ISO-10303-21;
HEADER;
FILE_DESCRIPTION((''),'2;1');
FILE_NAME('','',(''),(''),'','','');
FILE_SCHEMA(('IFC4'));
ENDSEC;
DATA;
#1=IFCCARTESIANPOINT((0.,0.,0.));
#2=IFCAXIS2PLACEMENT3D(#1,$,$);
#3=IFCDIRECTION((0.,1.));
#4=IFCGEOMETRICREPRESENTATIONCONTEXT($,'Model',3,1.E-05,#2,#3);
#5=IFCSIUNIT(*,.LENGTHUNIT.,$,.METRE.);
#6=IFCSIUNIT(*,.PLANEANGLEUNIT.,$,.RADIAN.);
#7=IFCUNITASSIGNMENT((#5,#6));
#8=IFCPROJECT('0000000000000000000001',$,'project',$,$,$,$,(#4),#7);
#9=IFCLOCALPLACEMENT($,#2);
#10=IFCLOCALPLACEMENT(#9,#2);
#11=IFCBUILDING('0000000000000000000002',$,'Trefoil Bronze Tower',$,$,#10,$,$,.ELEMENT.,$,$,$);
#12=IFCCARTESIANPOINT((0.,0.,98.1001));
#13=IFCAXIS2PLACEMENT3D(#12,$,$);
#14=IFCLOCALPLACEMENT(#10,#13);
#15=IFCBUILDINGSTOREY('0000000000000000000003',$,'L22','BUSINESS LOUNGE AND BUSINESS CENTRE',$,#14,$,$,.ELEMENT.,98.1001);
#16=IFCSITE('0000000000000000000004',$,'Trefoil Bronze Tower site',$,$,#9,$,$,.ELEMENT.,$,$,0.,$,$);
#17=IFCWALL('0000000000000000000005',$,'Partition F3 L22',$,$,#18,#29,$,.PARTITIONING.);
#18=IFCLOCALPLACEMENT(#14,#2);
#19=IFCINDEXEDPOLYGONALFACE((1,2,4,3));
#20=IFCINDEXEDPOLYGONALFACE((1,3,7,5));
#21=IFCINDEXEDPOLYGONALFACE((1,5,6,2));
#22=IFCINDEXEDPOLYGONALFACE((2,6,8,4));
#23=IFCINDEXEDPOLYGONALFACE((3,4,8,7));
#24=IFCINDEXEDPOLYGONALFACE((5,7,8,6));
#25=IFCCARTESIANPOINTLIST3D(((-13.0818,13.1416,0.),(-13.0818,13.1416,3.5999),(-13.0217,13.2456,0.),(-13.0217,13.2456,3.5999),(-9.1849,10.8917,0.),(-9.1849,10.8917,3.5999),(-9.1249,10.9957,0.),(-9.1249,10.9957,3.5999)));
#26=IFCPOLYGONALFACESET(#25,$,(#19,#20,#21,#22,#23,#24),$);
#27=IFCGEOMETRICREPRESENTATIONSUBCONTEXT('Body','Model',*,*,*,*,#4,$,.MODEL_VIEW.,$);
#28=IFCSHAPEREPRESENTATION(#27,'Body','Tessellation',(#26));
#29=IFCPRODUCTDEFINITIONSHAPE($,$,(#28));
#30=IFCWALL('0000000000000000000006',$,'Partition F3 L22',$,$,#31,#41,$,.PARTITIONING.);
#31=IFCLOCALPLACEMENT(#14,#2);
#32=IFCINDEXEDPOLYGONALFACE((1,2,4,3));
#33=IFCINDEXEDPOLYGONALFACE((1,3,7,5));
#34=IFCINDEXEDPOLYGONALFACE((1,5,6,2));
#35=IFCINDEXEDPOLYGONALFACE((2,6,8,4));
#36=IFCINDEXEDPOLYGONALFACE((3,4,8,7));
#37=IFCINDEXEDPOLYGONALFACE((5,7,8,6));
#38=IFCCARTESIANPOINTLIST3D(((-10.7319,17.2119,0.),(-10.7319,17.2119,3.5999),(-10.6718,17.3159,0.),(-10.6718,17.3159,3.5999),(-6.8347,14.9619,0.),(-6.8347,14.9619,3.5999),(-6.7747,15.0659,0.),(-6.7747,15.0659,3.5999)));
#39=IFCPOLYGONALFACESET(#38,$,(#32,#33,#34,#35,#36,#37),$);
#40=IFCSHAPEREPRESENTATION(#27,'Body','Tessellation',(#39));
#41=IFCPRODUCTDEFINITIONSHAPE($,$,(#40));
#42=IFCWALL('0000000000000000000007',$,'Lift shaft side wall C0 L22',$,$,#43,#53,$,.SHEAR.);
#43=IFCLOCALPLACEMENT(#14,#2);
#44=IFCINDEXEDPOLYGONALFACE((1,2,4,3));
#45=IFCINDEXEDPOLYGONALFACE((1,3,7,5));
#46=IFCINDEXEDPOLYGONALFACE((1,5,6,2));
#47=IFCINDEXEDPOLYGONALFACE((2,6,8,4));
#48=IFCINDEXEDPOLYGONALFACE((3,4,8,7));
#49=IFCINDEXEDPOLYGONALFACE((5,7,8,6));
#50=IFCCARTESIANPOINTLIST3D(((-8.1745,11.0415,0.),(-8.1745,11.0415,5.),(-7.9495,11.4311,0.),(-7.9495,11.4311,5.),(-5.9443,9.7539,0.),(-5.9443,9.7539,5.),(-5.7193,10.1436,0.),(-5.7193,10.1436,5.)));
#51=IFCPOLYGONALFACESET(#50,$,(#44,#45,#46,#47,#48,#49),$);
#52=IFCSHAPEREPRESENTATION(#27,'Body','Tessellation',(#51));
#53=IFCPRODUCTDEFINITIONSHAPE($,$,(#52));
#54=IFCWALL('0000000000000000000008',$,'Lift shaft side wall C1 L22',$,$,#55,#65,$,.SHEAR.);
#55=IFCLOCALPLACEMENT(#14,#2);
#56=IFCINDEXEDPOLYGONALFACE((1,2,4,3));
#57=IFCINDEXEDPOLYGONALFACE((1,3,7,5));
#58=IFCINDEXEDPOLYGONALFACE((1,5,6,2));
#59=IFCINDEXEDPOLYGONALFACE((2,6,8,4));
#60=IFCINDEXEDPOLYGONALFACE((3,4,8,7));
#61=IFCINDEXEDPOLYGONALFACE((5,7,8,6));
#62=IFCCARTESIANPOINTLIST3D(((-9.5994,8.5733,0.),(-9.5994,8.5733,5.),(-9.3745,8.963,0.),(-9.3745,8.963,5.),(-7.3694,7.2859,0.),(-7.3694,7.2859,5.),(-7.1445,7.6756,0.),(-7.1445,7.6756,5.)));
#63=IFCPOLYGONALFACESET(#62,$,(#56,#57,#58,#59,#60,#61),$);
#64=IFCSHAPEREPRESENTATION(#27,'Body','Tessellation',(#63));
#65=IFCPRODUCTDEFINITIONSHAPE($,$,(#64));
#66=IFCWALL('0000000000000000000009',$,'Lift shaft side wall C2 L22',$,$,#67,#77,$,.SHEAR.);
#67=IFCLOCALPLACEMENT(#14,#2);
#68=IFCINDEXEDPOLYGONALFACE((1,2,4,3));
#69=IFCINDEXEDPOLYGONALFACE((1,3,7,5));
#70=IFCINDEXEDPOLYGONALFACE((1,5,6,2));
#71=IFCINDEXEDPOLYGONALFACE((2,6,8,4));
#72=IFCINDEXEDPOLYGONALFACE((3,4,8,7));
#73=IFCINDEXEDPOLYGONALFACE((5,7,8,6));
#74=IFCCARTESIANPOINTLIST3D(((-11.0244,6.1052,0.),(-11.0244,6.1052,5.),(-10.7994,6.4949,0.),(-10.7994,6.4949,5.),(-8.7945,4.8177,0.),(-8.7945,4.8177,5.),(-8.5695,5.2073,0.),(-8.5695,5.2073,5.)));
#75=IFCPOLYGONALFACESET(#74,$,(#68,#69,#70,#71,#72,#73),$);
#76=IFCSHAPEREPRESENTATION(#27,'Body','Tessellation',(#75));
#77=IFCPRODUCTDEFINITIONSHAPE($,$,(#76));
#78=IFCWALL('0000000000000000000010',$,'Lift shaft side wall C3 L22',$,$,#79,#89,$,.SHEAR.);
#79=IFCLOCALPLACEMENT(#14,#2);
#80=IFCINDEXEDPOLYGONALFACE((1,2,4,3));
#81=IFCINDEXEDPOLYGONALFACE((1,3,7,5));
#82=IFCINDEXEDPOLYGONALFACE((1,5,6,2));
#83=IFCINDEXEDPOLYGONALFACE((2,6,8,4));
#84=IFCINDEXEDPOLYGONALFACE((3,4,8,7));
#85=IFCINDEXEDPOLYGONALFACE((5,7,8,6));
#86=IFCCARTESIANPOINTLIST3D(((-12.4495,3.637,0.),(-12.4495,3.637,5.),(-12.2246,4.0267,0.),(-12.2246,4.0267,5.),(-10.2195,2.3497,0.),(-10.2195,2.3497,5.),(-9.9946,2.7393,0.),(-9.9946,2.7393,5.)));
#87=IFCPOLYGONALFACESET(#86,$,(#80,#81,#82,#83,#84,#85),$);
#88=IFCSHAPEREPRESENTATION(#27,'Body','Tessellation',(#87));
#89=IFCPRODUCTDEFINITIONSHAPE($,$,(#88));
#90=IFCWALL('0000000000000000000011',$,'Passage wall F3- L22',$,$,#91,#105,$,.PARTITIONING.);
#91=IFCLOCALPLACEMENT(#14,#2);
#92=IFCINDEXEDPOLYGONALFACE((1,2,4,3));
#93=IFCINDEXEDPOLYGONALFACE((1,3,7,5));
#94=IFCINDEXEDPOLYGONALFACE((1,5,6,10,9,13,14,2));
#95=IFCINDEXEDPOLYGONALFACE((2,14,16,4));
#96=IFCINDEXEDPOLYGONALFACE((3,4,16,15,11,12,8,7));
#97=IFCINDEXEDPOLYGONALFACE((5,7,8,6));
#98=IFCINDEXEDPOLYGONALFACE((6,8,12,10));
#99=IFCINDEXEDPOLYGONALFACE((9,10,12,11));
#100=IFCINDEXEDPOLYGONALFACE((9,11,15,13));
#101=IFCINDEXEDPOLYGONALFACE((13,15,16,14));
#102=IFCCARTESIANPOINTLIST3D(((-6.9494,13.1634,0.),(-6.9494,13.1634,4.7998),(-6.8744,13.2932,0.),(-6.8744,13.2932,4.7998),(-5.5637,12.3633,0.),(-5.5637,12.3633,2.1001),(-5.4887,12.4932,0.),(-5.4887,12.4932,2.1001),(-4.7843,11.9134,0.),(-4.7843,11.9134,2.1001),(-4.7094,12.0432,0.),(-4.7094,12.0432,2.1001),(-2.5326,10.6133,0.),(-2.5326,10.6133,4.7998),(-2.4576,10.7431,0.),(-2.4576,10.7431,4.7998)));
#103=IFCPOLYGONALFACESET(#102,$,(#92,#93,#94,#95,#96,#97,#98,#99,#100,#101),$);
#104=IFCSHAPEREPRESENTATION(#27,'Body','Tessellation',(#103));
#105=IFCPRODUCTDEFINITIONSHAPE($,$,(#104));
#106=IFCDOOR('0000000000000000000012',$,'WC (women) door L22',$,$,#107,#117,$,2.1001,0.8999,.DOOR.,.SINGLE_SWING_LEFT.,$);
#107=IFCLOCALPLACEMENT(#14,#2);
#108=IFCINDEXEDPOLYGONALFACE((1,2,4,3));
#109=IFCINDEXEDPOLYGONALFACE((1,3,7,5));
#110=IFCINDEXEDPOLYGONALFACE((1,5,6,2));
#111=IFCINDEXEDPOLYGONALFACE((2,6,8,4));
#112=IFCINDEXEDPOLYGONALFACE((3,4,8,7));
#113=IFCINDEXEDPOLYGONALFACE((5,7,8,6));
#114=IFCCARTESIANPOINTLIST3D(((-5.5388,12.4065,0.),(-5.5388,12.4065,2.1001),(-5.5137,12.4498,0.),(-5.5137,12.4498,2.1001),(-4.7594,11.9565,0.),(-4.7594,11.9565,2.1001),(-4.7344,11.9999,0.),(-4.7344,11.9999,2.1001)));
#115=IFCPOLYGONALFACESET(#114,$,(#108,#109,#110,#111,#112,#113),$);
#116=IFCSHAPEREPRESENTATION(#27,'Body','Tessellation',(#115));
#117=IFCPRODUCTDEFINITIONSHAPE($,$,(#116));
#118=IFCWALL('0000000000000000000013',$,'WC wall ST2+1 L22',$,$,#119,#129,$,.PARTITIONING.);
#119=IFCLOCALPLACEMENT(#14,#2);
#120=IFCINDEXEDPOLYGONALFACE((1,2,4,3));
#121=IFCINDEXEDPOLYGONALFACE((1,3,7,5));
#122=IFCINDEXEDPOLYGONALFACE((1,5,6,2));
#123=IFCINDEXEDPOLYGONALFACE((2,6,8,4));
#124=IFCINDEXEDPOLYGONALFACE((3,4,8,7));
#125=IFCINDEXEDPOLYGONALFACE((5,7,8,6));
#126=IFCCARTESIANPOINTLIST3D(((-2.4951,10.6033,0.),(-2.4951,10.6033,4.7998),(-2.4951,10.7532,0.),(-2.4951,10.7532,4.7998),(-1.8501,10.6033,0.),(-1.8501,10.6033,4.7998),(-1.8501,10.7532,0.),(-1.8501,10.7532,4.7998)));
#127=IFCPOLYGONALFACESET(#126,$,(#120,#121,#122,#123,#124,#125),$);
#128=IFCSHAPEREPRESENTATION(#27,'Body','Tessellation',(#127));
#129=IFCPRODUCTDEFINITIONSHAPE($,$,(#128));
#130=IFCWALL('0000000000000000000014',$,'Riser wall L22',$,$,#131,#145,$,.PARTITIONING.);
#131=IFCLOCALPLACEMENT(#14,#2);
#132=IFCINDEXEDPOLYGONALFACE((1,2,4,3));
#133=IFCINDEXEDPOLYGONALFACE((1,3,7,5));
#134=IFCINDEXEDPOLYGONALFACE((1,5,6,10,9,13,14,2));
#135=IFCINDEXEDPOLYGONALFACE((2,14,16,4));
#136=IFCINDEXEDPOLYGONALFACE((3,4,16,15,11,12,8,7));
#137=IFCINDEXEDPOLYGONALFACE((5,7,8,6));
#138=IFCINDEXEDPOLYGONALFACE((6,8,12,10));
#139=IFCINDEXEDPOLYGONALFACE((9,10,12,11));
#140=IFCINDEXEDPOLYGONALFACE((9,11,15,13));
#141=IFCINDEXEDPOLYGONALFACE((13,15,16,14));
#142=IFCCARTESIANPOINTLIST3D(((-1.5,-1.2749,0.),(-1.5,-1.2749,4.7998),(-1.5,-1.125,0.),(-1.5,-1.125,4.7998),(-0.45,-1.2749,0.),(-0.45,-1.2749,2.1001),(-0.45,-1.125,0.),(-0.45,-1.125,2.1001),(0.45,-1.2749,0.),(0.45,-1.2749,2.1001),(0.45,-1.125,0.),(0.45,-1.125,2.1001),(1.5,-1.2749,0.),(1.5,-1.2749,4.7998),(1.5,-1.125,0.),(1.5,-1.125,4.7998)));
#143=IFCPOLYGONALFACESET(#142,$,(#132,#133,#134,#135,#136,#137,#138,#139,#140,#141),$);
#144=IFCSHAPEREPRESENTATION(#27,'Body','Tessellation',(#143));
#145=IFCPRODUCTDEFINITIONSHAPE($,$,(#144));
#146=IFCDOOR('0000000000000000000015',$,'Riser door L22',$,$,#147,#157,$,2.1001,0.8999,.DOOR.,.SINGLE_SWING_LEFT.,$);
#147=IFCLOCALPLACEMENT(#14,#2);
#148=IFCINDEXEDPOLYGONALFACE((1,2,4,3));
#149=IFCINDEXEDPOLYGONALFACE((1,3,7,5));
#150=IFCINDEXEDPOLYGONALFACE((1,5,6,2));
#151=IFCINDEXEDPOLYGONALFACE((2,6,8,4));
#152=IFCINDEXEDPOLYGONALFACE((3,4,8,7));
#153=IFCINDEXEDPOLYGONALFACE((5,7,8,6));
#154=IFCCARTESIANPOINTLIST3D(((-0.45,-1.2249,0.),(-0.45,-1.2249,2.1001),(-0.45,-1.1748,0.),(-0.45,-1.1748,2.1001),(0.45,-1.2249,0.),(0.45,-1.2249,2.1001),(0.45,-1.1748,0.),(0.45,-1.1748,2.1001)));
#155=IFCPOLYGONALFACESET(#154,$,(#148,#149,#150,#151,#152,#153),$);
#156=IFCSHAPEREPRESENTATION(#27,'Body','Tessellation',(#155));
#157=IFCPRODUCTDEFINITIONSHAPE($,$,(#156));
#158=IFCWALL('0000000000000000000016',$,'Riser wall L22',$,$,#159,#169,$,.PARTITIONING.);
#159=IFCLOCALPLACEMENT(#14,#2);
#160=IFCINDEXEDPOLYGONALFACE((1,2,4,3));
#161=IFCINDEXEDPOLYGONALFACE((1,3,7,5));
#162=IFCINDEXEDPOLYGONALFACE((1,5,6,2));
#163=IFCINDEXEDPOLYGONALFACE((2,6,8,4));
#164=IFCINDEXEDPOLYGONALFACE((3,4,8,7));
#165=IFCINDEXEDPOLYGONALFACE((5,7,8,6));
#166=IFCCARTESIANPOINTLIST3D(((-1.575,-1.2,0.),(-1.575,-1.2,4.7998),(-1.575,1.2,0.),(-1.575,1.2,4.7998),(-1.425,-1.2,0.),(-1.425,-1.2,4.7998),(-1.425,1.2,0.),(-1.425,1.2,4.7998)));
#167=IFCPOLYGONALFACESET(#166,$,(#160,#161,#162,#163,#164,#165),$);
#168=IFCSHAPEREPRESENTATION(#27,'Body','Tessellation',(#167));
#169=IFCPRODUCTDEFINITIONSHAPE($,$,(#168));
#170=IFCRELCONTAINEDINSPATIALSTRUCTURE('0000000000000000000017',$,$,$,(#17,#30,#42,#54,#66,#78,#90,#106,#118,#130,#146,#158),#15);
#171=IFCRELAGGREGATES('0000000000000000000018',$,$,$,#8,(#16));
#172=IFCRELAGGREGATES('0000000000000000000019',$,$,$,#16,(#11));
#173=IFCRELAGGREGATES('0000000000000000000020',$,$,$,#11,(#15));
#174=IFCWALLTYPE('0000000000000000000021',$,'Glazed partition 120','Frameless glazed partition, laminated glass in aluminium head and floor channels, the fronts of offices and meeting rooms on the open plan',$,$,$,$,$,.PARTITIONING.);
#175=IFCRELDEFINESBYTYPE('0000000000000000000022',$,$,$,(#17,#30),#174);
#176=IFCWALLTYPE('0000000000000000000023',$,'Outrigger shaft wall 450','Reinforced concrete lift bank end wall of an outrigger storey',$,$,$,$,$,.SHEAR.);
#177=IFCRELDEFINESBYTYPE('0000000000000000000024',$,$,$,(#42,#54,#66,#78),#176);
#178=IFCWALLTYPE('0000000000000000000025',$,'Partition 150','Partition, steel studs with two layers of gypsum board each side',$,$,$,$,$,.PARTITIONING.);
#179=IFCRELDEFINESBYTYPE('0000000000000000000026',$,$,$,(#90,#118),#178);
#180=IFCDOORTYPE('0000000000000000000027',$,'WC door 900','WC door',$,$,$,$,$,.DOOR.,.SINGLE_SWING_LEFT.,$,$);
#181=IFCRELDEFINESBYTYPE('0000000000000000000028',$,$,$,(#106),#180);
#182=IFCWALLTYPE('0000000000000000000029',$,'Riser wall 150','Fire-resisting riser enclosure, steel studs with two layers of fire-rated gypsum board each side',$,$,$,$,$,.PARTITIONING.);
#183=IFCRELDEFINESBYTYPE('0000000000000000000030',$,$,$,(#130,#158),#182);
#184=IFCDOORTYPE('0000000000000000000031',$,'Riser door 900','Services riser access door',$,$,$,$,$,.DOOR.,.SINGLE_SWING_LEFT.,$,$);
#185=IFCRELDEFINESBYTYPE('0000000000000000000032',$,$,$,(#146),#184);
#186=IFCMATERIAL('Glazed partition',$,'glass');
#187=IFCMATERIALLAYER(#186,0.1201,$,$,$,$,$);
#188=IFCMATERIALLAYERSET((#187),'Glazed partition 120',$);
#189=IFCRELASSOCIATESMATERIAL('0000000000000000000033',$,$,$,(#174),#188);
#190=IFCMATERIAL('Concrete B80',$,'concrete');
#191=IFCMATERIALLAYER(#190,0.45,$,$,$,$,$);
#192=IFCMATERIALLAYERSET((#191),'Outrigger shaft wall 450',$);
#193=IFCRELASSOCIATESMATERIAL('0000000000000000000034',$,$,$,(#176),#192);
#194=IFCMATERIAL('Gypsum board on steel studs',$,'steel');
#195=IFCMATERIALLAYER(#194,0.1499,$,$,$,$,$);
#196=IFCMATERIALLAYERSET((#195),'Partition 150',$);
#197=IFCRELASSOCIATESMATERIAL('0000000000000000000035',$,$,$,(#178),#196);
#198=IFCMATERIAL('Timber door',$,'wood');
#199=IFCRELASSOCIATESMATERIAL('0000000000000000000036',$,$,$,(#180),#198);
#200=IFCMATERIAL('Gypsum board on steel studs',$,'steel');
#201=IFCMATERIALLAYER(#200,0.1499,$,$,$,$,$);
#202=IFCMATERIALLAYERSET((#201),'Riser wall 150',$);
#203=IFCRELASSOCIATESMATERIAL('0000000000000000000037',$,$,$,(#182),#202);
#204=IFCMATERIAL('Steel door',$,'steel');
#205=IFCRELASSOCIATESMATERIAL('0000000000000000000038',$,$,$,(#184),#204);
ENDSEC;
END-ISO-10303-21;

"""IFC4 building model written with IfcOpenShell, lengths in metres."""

from ifc_helpers import new_model, si_unit, direction, frame, frame_2d, origin, place, context, subcontext, project, spatial, rectangle, extrude, material, layer, layer_set, type_object, element, fill, save


model = new_model("IFC4")

# Units and contexts
model_context = context("Model", 3, precision=1e-05, world=origin(), true_north=direction((0.0, 1.0)))
body_context = subcontext(model_context, "Body", "Model", "MODEL_VIEW")
ifc_project = project(units=[si_unit("LENGTHUNIT", "METRE"), si_unit("PLANEANGLEUNIT", "RADIAN")], contexts=[model_context])

# Site, building, storey
site_placement = place(None, origin())
site = spatial("IfcSite", under=ifc_project, at=site_placement, Name="Trefoil Bronze Tower site", CompositionType="ELEMENT", RefElevation=0.0)
building_placement = place(site_placement, origin())
building = spatial("IfcBuilding", under=site, at=building_placement, Name="Trefoil Bronze Tower", CompositionType="ELEMENT")
storey_placement = place(building_placement, frame((0.0, 0.0, 98.1001)))
storey = spatial("IfcBuildingStorey", under=building, at=storey_placement, Name="L22", Description="BUSINESS LOUNGE AND BUSINESS CENTRE", CompositionType="ELEMENT", Elevation=98.1001)

# Walls
ifc_material_1 = material(Name="Glazed partition", Category="glass")
ifc_layer_1 = layer(ifc_material_1, 0.1201)
ifc_layer_set_1 = layer_set([ifc_layer_1], Name="Glazed partition 120")
wall_type_1 = type_object("IfcWallType", Name="Glazed partition 120", Description="Frameless glazed partition, laminated glass in aluminium head and floor channels, the fronts of offices and meeting rooms on the open plan", PredefinedType="PARTITIONING", material=ifc_layer_set_1)
wall_1_placement = place(storey_placement, frame((-9.1548, 10.9436, 0.0), z_axis=(0.0, 0.0, 1.0), x_axis=(-0.866018, 0.500014, 0.0)))
element("IfcWall", 1, at=wall_1_placement, inside=storey, type_object=wall_type_1, Name="Partition F3 L22", PredefinedType="PARTITIONING", context=body_context, shape_type="SweptSolid", body=[
    extrude(rectangle(XDim=4.4998, YDim=0.1201, at=frame_2d((2.25, 0.0))), origin(), (0.0, 0.0, 1.0), 3.5999),
])
wall_2_placement = place(storey_placement, frame((-6.8047, 15.0139, 0.0), z_axis=(0.0, 0.0, 1.0), x_axis=(-0.866031, 0.49999, 0.0)))
element("IfcWall", 2, at=wall_2_placement, inside=storey, type_object=wall_type_1, Name="Partition F3 L22", PredefinedType="PARTITIONING", context=body_context, shape_type="SweptSolid", body=[
    extrude(rectangle(XDim=4.5, YDim=0.1201, at=frame_2d((2.25, 0.0))), origin(), (0.0, 0.0, 1.0), 3.5999),
])
ifc_material_2 = material(Name="Concrete B80", Category="concrete")
ifc_layer_2 = layer(ifc_material_2, 0.45)
ifc_layer_set_2 = layer_set([ifc_layer_2], Name="Outrigger shaft wall 450")
wall_type_2 = type_object("IfcWallType", Name="Outrigger shaft wall 450", Description="Reinforced concrete lift bank end wall of an outrigger storey", PredefinedType="SHEAR", material=ifc_layer_set_2)
wall_3_placement = place(storey_placement, frame((-5.8318, 9.9487, 0.0), z_axis=(0.0, 0.0, 1.0), x_axis=(-0.866029, 0.499993, 0.0)))
element("IfcWall", 3, at=wall_3_placement, inside=storey, type_object=wall_type_2, Name="Lift shaft side wall C0 L22", PredefinedType="SHEAR", context=body_context, shape_type="SweptSolid", body=[
    extrude(rectangle(XDim=2.5752, YDim=0.45, at=frame_2d((1.2876, 0.0))), origin(), (0.0, 0.0, 1.0), 5.0),
])
for number, where, z_axis, x_axis, name in (
    (4, (-7.2568, 7.4807, 0.0), (0.0, 0.0, 1.0), (-0.866047, 0.499963, 0.0), "Lift shaft side wall C1 L22"),
    (5, (-8.6819, 5.0125, 0.0), (0.0, 0.0, 1.0), (-0.866006, 0.500034, 0.0), "Lift shaft side wall C2 L22"),
    (6, (-10.1069, 2.5444, 0.0), (0.0, 0.0, 1.0), (-0.866047, 0.499963, 0.0), "Lift shaft side wall C3 L22"),
):
    element("IfcWall", number, at=place(storey_placement, frame(where, z_axis=z_axis, x_axis=x_axis)), inside=storey, type_object=wall_type_2, Name=name, PredefinedType="SHEAR", context=body_context, shape_type="SweptSolid", body=[
        extrude(rectangle(XDim=2.575, YDim=0.45, at=frame_2d((1.2876, 0.0))), origin(), (0.0, 0.0, 1.0), 5.0),
    ])

# Wall, opening, door
ifc_material_3 = material(Name="Gypsum board on steel studs", Category="steel")
ifc_layer_3 = layer(ifc_material_3, 0.1499)
ifc_layer_set_3 = layer_set([ifc_layer_3], Name="Partition 150")
wall_type_3 = type_object("IfcWallType", Name="Partition 150", Description="Partition, steel studs with two layers of gypsum board each side", PredefinedType="PARTITIONING", material=ifc_layer_set_3)
wall_4_placement = place(storey_placement, frame((-2.4951, 10.6782, 0.0), z_axis=(0.0, 0.0, 1.0), x_axis=(-0.866022, 0.500006, 0.0)))
wall_4 = element("IfcWall", 7, at=wall_4_placement, inside=storey, type_object=wall_type_3, Name="Passage wall F3- L22", PredefinedType="PARTITIONING", context=body_context, shape_type="SweptSolid", body=[
    extrude(rectangle(XDim=5.1001, YDim=0.1499, at=frame_2d((2.55, 0.0))), origin(), (0.0, 0.0, 1.0), 4.7998),
])
opening_1_placement = place(wall_4_placement, frame((2.6001, 0.0, 0.0)))
opening_1 = element("IfcOpeningElement", 8, at=opening_1_placement, cuts=wall_4, PredefinedType="OPENING", context=body_context, shape_type="SweptSolid", body=[
    extrude(rectangle(XDim=0.8999, YDim=2.1001, at=frame_2d((0.45, 1.05))), frame((0.0, 0.085, 0.0), z_axis=(0.0, -1.0, 0.0), x_axis=(1.0, 0.0, 0.0)), (0.0, 0.0, 1.0), 0.1699),
])
ifc_material_4 = material(Name="Timber door", Category="wood")
door_type_1 = type_object("IfcDoorType", Name="WC door 900", Description="WC door", OperationType="SINGLE_SWING_LEFT", PredefinedType="DOOR", material=ifc_material_4)
door_1_placement = place(opening_1_placement, frame((0.8999, 0.0, 0.0), z_axis=(0.0, 0.0, 1.0), x_axis=(-1.0, 0.0, 0.0)))
door_1 = element("IfcDoor", 9, at=door_1_placement, inside=storey, type_object=door_type_1, Name="WC (women) door L22", OperationType="SINGLE_SWING_LEFT", OverallHeight=2.1001, OverallWidth=0.8999, PredefinedType="DOOR", context=body_context, shape_type="SweptSolid", body=[
    extrude(rectangle(XDim=0.8999, YDim=2.1001, at=frame_2d((0.45, 1.05))), frame((0.0, 0.0249, 0.0), z_axis=(0.0, -1.0, 0.0), x_axis=(1.0, 0.0, 0.0)), (0.0, 0.0, 1.0), 0.05),
])
fill(opening_1, door_1)

# Wall
wall_5_placement = place(storey_placement, frame((-2.4951, 10.6782, 0.0), z_axis=(0.0, 0.0, 1.0), x_axis=(1.0, 0.0, 0.0)))
element("IfcWall", 10, at=wall_5_placement, inside=storey, type_object=wall_type_3, Name="WC wall ST2+1 L22", PredefinedType="PARTITIONING", context=body_context, shape_type="SweptSolid", body=[
    extrude(rectangle(XDim=0.645, YDim=0.1499, at=frame_2d((0.3225, 0.0))), origin(), (0.0, 0.0, 1.0), 4.7998),
])

# Wall, opening, door
ifc_material_5 = material(Name="Gypsum board on steel studs", Category="steel")
ifc_layer_4 = layer(ifc_material_5, 0.1499)
ifc_layer_set_4 = layer_set([ifc_layer_4], Name="Riser wall 150")
wall_type_4 = type_object("IfcWallType", Name="Riser wall 150", Description="Fire-resisting riser enclosure, steel studs with two layers of fire-rated gypsum board each side", PredefinedType="PARTITIONING", material=ifc_layer_set_4)
wall_6_placement = place(storey_placement, frame((-1.5, -1.2, 0.0), z_axis=(0.0, 0.0, 1.0), x_axis=(1.0, 0.0, 0.0)))
wall_6 = element("IfcWall", 11, at=wall_6_placement, inside=storey, type_object=wall_type_4, Name="Riser wall L22", PredefinedType="PARTITIONING", context=body_context, shape_type="SweptSolid", body=[
    extrude(rectangle(XDim=3.0, YDim=0.1499, at=frame_2d((1.5, 0.0))), origin(), (0.0, 0.0, 1.0), 4.7998),
])
opening_2_placement = place(wall_6_placement, frame((1.05, 0.0, 0.0)))
opening_2 = element("IfcOpeningElement", 12, at=opening_2_placement, cuts=wall_6, PredefinedType="OPENING", context=body_context, shape_type="SweptSolid", body=[
    extrude(rectangle(XDim=0.8999, YDim=2.1001, at=frame_2d((0.45, 1.05))), frame((0.0, 0.085, 0.0), z_axis=(0.0, -1.0, 0.0), x_axis=(1.0, 0.0, 0.0)), (0.0, 0.0, 1.0), 0.1699),
])
ifc_material_6 = material(Name="Steel door", Category="steel")
door_type_2 = type_object("IfcDoorType", Name="Riser door 900", Description="Services riser access door", OperationType="SINGLE_SWING_LEFT", PredefinedType="DOOR", material=ifc_material_6)
door_2_placement = place(opening_2_placement, frame((0.8999, 0.0, 0.0), z_axis=(0.0, 0.0, 1.0), x_axis=(-1.0, 0.0, 0.0)))
door_2 = element("IfcDoor", 13, at=door_2_placement, inside=storey, type_object=door_type_2, Name="Riser door L22", OperationType="SINGLE_SWING_LEFT", OverallHeight=2.1001, OverallWidth=0.8999, PredefinedType="DOOR", context=body_context, shape_type="SweptSolid", body=[
    extrude(rectangle(XDim=0.8999, YDim=2.1001, at=frame_2d((0.45, 1.05))), frame((0.0, 0.0249, 0.0), z_axis=(0.0, -1.0, 0.0), x_axis=(1.0, 0.0, 0.0)), (0.0, 0.0, 1.0), 0.05),
])
fill(opening_2, door_2)

# Wall
wall_7_placement = place(storey_placement, frame((-1.5, 1.2, 0.0), z_axis=(0.0, 0.0, 1.0), x_axis=(0.0, -1.0, 0.0)))
element("IfcWall", 14, at=wall_7_placement, inside=storey, type_object=wall_type_4, Name="Riser wall L22", PredefinedType="PARTITIONING", context=body_context, shape_type="SweptSolid", body=[
    extrude(rectangle(XDim=2.3999, YDim=0.1499, at=frame_2d((1.2, 0.0))), origin(), (0.0, 0.0, 1.0), 4.7998),
])

save(model, "model.ifc")
